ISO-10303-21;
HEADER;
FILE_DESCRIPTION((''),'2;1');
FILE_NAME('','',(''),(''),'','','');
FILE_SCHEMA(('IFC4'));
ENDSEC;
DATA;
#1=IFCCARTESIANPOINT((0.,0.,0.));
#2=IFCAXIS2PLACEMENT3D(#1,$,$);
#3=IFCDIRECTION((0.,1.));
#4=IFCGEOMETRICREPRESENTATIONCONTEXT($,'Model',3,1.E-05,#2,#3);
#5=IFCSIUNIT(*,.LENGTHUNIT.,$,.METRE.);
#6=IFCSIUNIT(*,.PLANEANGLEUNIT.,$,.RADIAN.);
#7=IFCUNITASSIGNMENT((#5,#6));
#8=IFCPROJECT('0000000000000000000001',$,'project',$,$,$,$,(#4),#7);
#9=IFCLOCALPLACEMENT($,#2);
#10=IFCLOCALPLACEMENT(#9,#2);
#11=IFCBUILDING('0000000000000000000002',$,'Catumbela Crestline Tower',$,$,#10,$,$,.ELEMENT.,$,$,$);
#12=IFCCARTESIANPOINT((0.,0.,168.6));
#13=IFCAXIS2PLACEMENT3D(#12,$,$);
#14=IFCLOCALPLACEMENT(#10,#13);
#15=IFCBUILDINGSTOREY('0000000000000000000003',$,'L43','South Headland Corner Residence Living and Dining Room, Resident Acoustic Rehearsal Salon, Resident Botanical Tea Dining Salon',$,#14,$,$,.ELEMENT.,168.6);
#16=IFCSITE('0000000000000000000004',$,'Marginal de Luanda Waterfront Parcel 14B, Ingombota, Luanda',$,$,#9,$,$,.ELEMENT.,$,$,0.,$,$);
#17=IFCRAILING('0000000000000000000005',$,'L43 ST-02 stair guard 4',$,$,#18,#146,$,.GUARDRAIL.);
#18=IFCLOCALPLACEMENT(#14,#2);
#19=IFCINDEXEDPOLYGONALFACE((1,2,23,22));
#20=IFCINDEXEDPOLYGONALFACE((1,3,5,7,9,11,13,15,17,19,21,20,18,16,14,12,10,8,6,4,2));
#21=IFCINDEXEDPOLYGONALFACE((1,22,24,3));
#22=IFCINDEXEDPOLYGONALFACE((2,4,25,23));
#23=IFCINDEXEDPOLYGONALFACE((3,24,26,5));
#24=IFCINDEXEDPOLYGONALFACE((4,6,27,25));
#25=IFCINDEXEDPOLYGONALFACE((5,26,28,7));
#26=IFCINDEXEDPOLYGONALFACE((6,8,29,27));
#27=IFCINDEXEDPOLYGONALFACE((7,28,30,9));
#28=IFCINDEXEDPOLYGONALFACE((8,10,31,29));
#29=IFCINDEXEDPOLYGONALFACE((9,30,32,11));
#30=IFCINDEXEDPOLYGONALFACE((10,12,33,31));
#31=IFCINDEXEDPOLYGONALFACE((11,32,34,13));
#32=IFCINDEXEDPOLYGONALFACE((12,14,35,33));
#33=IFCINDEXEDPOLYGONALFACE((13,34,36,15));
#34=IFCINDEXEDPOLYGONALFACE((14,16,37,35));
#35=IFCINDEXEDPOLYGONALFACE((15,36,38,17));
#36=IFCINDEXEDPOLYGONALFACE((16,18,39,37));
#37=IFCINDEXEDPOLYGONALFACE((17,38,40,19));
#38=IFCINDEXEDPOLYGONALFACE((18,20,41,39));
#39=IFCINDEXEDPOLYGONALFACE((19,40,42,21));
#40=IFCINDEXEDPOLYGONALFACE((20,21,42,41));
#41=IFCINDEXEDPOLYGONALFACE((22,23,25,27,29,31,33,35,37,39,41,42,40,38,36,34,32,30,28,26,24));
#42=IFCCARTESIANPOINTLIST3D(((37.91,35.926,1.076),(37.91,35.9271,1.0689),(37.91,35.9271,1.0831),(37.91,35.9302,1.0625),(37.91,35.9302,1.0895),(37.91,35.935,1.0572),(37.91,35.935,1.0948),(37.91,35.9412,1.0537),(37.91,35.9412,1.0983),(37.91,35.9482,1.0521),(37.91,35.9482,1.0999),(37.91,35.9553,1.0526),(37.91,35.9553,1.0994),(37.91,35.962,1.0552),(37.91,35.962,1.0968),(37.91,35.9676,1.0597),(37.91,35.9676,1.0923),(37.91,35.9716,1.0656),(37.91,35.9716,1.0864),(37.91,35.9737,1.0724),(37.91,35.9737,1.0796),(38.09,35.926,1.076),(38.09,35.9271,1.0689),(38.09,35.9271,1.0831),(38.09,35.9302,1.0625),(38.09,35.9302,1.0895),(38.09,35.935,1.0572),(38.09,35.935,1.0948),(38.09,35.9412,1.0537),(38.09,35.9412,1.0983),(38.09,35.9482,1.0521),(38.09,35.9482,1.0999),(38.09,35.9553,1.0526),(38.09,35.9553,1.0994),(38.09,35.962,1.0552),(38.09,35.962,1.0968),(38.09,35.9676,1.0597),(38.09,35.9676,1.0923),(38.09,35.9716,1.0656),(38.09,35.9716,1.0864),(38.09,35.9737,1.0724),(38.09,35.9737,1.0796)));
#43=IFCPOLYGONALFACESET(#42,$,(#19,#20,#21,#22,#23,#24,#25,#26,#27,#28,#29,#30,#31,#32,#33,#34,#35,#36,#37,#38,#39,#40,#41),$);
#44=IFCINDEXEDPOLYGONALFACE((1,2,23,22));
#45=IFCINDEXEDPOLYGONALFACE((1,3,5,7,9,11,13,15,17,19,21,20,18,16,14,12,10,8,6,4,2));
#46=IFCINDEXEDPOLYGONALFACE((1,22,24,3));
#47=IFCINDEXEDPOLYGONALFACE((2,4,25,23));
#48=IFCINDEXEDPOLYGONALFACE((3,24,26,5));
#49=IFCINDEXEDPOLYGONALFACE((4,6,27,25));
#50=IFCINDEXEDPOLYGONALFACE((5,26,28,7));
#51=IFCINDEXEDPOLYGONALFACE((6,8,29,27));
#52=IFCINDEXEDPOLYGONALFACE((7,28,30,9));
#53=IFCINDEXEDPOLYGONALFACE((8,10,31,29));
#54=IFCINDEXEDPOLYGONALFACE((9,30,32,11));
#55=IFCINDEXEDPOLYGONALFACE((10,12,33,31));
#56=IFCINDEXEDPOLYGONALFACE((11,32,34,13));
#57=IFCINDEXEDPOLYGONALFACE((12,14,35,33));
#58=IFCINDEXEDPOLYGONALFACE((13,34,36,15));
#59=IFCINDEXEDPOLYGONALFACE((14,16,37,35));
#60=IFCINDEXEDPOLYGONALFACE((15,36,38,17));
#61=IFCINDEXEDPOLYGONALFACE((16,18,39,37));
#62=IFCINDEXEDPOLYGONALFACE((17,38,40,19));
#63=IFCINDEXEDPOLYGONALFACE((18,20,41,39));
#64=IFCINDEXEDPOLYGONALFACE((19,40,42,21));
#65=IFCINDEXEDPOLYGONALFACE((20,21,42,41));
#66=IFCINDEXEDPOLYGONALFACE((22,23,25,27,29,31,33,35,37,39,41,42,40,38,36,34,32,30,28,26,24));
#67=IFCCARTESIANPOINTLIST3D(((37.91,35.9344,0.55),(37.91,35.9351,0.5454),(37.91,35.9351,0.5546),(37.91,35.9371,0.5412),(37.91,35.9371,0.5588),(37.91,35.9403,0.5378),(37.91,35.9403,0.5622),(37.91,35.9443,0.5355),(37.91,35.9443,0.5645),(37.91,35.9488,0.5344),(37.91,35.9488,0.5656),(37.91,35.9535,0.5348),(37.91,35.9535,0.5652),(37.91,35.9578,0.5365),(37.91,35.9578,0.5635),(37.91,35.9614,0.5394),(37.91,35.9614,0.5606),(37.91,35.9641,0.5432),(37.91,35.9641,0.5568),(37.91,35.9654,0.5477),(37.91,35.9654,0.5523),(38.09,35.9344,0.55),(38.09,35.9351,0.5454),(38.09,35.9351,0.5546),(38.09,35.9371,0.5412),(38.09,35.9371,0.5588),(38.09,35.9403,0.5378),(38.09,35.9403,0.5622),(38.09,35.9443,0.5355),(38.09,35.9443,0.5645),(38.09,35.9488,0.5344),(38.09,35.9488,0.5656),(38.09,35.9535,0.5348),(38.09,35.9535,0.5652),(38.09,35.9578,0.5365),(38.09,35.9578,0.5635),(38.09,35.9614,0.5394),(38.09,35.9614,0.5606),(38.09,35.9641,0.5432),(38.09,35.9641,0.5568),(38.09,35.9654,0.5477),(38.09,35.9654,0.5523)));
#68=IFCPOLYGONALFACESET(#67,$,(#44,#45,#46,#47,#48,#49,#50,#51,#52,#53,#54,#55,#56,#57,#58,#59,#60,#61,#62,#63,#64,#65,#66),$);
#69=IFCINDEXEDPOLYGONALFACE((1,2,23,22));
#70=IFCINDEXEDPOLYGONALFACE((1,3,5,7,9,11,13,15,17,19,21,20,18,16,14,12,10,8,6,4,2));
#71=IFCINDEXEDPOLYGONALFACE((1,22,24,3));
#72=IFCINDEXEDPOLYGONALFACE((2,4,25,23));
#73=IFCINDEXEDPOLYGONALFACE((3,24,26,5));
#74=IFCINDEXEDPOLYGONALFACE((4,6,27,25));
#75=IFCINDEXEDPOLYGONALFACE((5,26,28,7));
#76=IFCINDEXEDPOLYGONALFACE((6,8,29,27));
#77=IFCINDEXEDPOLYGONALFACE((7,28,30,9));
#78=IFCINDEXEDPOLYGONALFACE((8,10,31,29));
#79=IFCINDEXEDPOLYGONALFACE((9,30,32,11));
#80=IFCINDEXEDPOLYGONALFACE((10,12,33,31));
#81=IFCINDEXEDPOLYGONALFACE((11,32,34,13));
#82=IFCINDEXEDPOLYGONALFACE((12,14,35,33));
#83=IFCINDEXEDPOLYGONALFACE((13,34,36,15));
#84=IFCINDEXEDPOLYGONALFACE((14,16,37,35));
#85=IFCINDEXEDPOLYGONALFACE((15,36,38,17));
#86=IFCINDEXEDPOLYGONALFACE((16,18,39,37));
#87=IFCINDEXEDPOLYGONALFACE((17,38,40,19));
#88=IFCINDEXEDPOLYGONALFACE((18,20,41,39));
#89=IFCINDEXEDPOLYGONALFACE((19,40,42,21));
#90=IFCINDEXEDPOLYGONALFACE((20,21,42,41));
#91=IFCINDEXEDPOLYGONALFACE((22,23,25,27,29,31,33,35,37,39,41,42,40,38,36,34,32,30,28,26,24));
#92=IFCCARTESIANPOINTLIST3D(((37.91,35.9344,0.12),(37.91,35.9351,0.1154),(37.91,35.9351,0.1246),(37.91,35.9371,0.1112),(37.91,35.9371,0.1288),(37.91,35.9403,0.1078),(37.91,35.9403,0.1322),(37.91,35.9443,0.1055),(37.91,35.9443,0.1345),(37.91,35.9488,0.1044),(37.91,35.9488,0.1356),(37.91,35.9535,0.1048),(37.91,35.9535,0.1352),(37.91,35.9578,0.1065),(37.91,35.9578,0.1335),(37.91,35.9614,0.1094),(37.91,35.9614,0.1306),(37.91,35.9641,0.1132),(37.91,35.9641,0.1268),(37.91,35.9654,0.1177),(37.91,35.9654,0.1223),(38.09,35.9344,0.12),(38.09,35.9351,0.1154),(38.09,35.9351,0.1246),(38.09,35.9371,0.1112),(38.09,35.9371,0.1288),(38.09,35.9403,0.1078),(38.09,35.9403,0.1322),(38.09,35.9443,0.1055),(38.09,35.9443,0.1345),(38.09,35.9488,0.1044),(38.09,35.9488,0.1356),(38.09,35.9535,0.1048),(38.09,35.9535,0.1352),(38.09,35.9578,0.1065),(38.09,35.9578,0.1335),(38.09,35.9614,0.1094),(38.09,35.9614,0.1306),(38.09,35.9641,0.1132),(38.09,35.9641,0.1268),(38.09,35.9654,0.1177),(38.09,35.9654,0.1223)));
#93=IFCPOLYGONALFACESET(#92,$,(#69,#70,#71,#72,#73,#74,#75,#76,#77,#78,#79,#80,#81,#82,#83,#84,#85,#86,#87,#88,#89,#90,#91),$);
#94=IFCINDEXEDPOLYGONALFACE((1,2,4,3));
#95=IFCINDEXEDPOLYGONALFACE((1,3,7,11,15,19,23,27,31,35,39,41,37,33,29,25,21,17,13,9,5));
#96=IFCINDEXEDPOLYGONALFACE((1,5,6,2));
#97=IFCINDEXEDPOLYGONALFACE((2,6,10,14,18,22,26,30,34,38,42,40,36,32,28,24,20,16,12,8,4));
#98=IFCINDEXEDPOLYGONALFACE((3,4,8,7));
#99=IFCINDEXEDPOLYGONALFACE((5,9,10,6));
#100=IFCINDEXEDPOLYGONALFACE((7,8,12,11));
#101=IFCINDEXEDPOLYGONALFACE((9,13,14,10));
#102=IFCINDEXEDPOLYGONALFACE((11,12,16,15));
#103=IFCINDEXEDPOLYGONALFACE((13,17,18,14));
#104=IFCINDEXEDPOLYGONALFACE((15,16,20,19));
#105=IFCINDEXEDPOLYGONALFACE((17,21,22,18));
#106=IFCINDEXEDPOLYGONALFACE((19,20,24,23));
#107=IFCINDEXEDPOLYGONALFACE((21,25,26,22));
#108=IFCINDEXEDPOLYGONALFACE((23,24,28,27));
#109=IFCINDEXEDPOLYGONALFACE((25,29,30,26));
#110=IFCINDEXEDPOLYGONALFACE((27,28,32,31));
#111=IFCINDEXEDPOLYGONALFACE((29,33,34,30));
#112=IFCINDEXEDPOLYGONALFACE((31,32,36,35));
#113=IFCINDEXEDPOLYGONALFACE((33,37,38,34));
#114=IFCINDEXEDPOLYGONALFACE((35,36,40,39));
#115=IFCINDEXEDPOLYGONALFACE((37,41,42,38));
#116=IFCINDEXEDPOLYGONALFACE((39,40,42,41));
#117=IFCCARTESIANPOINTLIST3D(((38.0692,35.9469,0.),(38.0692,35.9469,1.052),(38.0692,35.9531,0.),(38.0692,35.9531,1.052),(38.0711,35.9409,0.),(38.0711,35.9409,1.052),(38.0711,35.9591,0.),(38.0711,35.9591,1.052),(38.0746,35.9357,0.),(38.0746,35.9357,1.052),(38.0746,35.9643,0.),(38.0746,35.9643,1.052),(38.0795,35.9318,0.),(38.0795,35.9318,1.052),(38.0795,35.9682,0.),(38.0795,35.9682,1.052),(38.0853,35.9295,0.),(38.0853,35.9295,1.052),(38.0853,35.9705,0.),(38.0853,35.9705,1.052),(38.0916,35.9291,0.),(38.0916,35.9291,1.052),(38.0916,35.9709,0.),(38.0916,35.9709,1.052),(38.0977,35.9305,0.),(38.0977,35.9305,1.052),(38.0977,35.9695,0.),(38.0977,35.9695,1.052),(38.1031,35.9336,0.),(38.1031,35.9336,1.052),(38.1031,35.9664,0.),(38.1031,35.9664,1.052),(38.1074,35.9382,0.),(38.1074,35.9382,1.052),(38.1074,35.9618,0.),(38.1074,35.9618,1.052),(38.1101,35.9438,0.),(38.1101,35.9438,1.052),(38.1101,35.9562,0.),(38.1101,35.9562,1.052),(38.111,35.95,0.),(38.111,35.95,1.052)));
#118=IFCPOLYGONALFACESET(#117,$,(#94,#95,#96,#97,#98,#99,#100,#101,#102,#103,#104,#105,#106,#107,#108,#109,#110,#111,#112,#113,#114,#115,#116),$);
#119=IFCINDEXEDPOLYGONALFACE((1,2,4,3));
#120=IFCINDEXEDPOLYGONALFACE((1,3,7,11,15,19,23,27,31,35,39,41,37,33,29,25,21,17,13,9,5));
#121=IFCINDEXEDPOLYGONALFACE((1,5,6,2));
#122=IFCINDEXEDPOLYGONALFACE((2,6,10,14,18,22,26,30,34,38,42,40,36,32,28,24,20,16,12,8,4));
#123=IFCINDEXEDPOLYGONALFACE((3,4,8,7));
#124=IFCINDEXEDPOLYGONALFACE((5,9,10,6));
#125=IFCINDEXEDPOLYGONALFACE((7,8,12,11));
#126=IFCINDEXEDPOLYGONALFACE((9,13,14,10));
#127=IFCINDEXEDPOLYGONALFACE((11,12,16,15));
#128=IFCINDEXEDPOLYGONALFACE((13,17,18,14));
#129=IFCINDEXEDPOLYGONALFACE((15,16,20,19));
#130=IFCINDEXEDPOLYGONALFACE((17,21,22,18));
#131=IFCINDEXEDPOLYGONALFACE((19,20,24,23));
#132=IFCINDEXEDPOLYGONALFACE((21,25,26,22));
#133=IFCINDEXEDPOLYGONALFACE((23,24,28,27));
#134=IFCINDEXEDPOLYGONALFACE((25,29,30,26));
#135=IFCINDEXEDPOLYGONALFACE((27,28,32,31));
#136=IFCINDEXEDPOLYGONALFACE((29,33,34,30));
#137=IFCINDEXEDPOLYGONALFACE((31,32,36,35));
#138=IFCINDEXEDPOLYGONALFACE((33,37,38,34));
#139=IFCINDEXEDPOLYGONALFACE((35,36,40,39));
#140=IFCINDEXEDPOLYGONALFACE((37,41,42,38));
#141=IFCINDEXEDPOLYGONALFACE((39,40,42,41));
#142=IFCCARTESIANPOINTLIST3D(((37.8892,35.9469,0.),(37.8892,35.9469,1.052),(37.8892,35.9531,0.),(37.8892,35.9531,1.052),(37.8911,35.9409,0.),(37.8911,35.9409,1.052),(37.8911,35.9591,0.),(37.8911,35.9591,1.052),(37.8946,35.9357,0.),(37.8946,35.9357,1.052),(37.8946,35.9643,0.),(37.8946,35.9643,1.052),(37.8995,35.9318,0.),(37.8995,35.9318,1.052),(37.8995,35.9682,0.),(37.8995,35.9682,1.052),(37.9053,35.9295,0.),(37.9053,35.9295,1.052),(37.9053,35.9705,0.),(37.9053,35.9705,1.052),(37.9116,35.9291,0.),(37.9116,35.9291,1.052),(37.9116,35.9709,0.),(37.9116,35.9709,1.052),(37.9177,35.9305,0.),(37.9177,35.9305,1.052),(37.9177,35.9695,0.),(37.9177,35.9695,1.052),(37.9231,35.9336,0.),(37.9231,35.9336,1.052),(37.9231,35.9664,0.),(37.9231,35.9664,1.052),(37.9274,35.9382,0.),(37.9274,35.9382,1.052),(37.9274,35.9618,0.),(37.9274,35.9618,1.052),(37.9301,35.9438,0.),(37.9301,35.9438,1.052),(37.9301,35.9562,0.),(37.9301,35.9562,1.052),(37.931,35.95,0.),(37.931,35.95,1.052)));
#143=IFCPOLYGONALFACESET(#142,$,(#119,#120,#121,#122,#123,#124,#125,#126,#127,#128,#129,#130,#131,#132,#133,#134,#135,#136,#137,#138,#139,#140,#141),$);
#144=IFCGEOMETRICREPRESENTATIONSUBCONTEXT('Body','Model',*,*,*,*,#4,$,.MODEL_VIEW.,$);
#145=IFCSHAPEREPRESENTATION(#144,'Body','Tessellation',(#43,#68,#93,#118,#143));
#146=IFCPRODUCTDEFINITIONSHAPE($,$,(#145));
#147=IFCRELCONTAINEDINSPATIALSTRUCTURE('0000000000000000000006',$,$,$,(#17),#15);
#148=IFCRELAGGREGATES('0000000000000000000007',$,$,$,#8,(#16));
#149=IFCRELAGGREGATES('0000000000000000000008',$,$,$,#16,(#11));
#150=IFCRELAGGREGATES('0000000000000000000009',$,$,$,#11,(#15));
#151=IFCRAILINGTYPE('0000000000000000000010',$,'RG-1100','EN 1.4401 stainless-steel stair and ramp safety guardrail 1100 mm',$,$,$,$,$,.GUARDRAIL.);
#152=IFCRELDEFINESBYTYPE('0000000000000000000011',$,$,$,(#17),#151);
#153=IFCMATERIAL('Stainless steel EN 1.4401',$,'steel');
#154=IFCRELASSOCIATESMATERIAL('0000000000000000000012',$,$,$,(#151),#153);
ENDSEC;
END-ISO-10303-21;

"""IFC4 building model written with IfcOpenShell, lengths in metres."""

from ifc_helpers import new_model, si_unit, direction, frame, origin, origin_2d, place, context, subcontext, project, spatial, circle, extrude, material, type_object, element, save


model = new_model("IFC4")

# Units and contexts
model_context = context("Model", 3, precision=1e-05, world=origin(), true_north=direction((0.0, 1.0)))
body_context = subcontext(model_context, "Body", "Model", "MODEL_VIEW")
ifc_project = project(units=[si_unit("LENGTHUNIT", "METRE"), si_unit("PLANEANGLEUNIT", "RADIAN")], contexts=[model_context])

# Site, building, storey
site_placement = place(None, origin())
site = spatial("IfcSite", under=ifc_project, at=site_placement, Name="Marginal de Luanda Waterfront Parcel 14B, Ingombota, Luanda", CompositionType="ELEMENT", RefElevation=0.0)
building_placement = place(site_placement, origin())
building = spatial("IfcBuilding", under=site, at=building_placement, Name="Catumbela Crestline Tower", CompositionType="ELEMENT")
storey_placement = place(building_placement, frame((0.0, 0.0, 168.6)))
storey = spatial("IfcBuildingStorey", under=building, at=storey_placement, Name="L43", Description="South Headland Corner Residence Living and Dining Room, Resident Acoustic Rehearsal Salon, Resident Botanical Tea Dining Salon", CompositionType="ELEMENT", Elevation=168.6)

# Shared definitions
ifc_material_1 = material(Name="Stainless steel EN 1.4401", Category="steel")

# Railing
railing_type_1 = type_object("IfcRailingType", Name="RG-1100", Description="EN 1.4401 stainless-steel stair and ramp safety guardrail 1100 mm", PredefinedType="GUARDRAIL", material=ifc_material_1)
railing_1_placement = place(storey_placement, frame((38.09, 35.95, 0.0)))
element("IfcRailing", 1, at=railing_1_placement, inside=storey, type_object=railing_type_1, Name="L43 ST-02 stair guard 4", PredefinedType="GUARDRAIL", context=body_context, shape_type="SweptSolid", body=[
    extrude(circle(Radius=0.024, at=origin_2d()), frame((0.0, 0.0, 1.076), z_axis=(-1.0, 0.0, 0.0), x_axis=(0.0, -1.0, 0.0)), (0.0, 0.0, 1.0), 0.18),
    extrude(circle(Radius=0.0156, at=origin_2d()), frame((0.0, 0.0, 0.55), z_axis=(-1.0, 0.0, 0.0), x_axis=(0.0, -1.0, 0.0)), (0.0, 0.0, 1.0), 0.18),
    extrude(circle(Radius=0.0156, at=origin_2d()), frame((0.0, 0.0, 0.12), z_axis=(-1.0, 0.0, 0.0), x_axis=(0.0, -1.0, 0.0)), (0.0, 0.0, 1.0), 0.18),
    extrude(circle(Radius=0.021, at=origin_2d()), origin(), (0.0, 0.0, 1.0), 1.052),
    extrude(circle(Radius=0.021, at=origin_2d()), frame((-0.18, 0.0, 0.0)), (0.0, 0.0, 1.0), 1.052),
])

save(model, "model.ifc")
